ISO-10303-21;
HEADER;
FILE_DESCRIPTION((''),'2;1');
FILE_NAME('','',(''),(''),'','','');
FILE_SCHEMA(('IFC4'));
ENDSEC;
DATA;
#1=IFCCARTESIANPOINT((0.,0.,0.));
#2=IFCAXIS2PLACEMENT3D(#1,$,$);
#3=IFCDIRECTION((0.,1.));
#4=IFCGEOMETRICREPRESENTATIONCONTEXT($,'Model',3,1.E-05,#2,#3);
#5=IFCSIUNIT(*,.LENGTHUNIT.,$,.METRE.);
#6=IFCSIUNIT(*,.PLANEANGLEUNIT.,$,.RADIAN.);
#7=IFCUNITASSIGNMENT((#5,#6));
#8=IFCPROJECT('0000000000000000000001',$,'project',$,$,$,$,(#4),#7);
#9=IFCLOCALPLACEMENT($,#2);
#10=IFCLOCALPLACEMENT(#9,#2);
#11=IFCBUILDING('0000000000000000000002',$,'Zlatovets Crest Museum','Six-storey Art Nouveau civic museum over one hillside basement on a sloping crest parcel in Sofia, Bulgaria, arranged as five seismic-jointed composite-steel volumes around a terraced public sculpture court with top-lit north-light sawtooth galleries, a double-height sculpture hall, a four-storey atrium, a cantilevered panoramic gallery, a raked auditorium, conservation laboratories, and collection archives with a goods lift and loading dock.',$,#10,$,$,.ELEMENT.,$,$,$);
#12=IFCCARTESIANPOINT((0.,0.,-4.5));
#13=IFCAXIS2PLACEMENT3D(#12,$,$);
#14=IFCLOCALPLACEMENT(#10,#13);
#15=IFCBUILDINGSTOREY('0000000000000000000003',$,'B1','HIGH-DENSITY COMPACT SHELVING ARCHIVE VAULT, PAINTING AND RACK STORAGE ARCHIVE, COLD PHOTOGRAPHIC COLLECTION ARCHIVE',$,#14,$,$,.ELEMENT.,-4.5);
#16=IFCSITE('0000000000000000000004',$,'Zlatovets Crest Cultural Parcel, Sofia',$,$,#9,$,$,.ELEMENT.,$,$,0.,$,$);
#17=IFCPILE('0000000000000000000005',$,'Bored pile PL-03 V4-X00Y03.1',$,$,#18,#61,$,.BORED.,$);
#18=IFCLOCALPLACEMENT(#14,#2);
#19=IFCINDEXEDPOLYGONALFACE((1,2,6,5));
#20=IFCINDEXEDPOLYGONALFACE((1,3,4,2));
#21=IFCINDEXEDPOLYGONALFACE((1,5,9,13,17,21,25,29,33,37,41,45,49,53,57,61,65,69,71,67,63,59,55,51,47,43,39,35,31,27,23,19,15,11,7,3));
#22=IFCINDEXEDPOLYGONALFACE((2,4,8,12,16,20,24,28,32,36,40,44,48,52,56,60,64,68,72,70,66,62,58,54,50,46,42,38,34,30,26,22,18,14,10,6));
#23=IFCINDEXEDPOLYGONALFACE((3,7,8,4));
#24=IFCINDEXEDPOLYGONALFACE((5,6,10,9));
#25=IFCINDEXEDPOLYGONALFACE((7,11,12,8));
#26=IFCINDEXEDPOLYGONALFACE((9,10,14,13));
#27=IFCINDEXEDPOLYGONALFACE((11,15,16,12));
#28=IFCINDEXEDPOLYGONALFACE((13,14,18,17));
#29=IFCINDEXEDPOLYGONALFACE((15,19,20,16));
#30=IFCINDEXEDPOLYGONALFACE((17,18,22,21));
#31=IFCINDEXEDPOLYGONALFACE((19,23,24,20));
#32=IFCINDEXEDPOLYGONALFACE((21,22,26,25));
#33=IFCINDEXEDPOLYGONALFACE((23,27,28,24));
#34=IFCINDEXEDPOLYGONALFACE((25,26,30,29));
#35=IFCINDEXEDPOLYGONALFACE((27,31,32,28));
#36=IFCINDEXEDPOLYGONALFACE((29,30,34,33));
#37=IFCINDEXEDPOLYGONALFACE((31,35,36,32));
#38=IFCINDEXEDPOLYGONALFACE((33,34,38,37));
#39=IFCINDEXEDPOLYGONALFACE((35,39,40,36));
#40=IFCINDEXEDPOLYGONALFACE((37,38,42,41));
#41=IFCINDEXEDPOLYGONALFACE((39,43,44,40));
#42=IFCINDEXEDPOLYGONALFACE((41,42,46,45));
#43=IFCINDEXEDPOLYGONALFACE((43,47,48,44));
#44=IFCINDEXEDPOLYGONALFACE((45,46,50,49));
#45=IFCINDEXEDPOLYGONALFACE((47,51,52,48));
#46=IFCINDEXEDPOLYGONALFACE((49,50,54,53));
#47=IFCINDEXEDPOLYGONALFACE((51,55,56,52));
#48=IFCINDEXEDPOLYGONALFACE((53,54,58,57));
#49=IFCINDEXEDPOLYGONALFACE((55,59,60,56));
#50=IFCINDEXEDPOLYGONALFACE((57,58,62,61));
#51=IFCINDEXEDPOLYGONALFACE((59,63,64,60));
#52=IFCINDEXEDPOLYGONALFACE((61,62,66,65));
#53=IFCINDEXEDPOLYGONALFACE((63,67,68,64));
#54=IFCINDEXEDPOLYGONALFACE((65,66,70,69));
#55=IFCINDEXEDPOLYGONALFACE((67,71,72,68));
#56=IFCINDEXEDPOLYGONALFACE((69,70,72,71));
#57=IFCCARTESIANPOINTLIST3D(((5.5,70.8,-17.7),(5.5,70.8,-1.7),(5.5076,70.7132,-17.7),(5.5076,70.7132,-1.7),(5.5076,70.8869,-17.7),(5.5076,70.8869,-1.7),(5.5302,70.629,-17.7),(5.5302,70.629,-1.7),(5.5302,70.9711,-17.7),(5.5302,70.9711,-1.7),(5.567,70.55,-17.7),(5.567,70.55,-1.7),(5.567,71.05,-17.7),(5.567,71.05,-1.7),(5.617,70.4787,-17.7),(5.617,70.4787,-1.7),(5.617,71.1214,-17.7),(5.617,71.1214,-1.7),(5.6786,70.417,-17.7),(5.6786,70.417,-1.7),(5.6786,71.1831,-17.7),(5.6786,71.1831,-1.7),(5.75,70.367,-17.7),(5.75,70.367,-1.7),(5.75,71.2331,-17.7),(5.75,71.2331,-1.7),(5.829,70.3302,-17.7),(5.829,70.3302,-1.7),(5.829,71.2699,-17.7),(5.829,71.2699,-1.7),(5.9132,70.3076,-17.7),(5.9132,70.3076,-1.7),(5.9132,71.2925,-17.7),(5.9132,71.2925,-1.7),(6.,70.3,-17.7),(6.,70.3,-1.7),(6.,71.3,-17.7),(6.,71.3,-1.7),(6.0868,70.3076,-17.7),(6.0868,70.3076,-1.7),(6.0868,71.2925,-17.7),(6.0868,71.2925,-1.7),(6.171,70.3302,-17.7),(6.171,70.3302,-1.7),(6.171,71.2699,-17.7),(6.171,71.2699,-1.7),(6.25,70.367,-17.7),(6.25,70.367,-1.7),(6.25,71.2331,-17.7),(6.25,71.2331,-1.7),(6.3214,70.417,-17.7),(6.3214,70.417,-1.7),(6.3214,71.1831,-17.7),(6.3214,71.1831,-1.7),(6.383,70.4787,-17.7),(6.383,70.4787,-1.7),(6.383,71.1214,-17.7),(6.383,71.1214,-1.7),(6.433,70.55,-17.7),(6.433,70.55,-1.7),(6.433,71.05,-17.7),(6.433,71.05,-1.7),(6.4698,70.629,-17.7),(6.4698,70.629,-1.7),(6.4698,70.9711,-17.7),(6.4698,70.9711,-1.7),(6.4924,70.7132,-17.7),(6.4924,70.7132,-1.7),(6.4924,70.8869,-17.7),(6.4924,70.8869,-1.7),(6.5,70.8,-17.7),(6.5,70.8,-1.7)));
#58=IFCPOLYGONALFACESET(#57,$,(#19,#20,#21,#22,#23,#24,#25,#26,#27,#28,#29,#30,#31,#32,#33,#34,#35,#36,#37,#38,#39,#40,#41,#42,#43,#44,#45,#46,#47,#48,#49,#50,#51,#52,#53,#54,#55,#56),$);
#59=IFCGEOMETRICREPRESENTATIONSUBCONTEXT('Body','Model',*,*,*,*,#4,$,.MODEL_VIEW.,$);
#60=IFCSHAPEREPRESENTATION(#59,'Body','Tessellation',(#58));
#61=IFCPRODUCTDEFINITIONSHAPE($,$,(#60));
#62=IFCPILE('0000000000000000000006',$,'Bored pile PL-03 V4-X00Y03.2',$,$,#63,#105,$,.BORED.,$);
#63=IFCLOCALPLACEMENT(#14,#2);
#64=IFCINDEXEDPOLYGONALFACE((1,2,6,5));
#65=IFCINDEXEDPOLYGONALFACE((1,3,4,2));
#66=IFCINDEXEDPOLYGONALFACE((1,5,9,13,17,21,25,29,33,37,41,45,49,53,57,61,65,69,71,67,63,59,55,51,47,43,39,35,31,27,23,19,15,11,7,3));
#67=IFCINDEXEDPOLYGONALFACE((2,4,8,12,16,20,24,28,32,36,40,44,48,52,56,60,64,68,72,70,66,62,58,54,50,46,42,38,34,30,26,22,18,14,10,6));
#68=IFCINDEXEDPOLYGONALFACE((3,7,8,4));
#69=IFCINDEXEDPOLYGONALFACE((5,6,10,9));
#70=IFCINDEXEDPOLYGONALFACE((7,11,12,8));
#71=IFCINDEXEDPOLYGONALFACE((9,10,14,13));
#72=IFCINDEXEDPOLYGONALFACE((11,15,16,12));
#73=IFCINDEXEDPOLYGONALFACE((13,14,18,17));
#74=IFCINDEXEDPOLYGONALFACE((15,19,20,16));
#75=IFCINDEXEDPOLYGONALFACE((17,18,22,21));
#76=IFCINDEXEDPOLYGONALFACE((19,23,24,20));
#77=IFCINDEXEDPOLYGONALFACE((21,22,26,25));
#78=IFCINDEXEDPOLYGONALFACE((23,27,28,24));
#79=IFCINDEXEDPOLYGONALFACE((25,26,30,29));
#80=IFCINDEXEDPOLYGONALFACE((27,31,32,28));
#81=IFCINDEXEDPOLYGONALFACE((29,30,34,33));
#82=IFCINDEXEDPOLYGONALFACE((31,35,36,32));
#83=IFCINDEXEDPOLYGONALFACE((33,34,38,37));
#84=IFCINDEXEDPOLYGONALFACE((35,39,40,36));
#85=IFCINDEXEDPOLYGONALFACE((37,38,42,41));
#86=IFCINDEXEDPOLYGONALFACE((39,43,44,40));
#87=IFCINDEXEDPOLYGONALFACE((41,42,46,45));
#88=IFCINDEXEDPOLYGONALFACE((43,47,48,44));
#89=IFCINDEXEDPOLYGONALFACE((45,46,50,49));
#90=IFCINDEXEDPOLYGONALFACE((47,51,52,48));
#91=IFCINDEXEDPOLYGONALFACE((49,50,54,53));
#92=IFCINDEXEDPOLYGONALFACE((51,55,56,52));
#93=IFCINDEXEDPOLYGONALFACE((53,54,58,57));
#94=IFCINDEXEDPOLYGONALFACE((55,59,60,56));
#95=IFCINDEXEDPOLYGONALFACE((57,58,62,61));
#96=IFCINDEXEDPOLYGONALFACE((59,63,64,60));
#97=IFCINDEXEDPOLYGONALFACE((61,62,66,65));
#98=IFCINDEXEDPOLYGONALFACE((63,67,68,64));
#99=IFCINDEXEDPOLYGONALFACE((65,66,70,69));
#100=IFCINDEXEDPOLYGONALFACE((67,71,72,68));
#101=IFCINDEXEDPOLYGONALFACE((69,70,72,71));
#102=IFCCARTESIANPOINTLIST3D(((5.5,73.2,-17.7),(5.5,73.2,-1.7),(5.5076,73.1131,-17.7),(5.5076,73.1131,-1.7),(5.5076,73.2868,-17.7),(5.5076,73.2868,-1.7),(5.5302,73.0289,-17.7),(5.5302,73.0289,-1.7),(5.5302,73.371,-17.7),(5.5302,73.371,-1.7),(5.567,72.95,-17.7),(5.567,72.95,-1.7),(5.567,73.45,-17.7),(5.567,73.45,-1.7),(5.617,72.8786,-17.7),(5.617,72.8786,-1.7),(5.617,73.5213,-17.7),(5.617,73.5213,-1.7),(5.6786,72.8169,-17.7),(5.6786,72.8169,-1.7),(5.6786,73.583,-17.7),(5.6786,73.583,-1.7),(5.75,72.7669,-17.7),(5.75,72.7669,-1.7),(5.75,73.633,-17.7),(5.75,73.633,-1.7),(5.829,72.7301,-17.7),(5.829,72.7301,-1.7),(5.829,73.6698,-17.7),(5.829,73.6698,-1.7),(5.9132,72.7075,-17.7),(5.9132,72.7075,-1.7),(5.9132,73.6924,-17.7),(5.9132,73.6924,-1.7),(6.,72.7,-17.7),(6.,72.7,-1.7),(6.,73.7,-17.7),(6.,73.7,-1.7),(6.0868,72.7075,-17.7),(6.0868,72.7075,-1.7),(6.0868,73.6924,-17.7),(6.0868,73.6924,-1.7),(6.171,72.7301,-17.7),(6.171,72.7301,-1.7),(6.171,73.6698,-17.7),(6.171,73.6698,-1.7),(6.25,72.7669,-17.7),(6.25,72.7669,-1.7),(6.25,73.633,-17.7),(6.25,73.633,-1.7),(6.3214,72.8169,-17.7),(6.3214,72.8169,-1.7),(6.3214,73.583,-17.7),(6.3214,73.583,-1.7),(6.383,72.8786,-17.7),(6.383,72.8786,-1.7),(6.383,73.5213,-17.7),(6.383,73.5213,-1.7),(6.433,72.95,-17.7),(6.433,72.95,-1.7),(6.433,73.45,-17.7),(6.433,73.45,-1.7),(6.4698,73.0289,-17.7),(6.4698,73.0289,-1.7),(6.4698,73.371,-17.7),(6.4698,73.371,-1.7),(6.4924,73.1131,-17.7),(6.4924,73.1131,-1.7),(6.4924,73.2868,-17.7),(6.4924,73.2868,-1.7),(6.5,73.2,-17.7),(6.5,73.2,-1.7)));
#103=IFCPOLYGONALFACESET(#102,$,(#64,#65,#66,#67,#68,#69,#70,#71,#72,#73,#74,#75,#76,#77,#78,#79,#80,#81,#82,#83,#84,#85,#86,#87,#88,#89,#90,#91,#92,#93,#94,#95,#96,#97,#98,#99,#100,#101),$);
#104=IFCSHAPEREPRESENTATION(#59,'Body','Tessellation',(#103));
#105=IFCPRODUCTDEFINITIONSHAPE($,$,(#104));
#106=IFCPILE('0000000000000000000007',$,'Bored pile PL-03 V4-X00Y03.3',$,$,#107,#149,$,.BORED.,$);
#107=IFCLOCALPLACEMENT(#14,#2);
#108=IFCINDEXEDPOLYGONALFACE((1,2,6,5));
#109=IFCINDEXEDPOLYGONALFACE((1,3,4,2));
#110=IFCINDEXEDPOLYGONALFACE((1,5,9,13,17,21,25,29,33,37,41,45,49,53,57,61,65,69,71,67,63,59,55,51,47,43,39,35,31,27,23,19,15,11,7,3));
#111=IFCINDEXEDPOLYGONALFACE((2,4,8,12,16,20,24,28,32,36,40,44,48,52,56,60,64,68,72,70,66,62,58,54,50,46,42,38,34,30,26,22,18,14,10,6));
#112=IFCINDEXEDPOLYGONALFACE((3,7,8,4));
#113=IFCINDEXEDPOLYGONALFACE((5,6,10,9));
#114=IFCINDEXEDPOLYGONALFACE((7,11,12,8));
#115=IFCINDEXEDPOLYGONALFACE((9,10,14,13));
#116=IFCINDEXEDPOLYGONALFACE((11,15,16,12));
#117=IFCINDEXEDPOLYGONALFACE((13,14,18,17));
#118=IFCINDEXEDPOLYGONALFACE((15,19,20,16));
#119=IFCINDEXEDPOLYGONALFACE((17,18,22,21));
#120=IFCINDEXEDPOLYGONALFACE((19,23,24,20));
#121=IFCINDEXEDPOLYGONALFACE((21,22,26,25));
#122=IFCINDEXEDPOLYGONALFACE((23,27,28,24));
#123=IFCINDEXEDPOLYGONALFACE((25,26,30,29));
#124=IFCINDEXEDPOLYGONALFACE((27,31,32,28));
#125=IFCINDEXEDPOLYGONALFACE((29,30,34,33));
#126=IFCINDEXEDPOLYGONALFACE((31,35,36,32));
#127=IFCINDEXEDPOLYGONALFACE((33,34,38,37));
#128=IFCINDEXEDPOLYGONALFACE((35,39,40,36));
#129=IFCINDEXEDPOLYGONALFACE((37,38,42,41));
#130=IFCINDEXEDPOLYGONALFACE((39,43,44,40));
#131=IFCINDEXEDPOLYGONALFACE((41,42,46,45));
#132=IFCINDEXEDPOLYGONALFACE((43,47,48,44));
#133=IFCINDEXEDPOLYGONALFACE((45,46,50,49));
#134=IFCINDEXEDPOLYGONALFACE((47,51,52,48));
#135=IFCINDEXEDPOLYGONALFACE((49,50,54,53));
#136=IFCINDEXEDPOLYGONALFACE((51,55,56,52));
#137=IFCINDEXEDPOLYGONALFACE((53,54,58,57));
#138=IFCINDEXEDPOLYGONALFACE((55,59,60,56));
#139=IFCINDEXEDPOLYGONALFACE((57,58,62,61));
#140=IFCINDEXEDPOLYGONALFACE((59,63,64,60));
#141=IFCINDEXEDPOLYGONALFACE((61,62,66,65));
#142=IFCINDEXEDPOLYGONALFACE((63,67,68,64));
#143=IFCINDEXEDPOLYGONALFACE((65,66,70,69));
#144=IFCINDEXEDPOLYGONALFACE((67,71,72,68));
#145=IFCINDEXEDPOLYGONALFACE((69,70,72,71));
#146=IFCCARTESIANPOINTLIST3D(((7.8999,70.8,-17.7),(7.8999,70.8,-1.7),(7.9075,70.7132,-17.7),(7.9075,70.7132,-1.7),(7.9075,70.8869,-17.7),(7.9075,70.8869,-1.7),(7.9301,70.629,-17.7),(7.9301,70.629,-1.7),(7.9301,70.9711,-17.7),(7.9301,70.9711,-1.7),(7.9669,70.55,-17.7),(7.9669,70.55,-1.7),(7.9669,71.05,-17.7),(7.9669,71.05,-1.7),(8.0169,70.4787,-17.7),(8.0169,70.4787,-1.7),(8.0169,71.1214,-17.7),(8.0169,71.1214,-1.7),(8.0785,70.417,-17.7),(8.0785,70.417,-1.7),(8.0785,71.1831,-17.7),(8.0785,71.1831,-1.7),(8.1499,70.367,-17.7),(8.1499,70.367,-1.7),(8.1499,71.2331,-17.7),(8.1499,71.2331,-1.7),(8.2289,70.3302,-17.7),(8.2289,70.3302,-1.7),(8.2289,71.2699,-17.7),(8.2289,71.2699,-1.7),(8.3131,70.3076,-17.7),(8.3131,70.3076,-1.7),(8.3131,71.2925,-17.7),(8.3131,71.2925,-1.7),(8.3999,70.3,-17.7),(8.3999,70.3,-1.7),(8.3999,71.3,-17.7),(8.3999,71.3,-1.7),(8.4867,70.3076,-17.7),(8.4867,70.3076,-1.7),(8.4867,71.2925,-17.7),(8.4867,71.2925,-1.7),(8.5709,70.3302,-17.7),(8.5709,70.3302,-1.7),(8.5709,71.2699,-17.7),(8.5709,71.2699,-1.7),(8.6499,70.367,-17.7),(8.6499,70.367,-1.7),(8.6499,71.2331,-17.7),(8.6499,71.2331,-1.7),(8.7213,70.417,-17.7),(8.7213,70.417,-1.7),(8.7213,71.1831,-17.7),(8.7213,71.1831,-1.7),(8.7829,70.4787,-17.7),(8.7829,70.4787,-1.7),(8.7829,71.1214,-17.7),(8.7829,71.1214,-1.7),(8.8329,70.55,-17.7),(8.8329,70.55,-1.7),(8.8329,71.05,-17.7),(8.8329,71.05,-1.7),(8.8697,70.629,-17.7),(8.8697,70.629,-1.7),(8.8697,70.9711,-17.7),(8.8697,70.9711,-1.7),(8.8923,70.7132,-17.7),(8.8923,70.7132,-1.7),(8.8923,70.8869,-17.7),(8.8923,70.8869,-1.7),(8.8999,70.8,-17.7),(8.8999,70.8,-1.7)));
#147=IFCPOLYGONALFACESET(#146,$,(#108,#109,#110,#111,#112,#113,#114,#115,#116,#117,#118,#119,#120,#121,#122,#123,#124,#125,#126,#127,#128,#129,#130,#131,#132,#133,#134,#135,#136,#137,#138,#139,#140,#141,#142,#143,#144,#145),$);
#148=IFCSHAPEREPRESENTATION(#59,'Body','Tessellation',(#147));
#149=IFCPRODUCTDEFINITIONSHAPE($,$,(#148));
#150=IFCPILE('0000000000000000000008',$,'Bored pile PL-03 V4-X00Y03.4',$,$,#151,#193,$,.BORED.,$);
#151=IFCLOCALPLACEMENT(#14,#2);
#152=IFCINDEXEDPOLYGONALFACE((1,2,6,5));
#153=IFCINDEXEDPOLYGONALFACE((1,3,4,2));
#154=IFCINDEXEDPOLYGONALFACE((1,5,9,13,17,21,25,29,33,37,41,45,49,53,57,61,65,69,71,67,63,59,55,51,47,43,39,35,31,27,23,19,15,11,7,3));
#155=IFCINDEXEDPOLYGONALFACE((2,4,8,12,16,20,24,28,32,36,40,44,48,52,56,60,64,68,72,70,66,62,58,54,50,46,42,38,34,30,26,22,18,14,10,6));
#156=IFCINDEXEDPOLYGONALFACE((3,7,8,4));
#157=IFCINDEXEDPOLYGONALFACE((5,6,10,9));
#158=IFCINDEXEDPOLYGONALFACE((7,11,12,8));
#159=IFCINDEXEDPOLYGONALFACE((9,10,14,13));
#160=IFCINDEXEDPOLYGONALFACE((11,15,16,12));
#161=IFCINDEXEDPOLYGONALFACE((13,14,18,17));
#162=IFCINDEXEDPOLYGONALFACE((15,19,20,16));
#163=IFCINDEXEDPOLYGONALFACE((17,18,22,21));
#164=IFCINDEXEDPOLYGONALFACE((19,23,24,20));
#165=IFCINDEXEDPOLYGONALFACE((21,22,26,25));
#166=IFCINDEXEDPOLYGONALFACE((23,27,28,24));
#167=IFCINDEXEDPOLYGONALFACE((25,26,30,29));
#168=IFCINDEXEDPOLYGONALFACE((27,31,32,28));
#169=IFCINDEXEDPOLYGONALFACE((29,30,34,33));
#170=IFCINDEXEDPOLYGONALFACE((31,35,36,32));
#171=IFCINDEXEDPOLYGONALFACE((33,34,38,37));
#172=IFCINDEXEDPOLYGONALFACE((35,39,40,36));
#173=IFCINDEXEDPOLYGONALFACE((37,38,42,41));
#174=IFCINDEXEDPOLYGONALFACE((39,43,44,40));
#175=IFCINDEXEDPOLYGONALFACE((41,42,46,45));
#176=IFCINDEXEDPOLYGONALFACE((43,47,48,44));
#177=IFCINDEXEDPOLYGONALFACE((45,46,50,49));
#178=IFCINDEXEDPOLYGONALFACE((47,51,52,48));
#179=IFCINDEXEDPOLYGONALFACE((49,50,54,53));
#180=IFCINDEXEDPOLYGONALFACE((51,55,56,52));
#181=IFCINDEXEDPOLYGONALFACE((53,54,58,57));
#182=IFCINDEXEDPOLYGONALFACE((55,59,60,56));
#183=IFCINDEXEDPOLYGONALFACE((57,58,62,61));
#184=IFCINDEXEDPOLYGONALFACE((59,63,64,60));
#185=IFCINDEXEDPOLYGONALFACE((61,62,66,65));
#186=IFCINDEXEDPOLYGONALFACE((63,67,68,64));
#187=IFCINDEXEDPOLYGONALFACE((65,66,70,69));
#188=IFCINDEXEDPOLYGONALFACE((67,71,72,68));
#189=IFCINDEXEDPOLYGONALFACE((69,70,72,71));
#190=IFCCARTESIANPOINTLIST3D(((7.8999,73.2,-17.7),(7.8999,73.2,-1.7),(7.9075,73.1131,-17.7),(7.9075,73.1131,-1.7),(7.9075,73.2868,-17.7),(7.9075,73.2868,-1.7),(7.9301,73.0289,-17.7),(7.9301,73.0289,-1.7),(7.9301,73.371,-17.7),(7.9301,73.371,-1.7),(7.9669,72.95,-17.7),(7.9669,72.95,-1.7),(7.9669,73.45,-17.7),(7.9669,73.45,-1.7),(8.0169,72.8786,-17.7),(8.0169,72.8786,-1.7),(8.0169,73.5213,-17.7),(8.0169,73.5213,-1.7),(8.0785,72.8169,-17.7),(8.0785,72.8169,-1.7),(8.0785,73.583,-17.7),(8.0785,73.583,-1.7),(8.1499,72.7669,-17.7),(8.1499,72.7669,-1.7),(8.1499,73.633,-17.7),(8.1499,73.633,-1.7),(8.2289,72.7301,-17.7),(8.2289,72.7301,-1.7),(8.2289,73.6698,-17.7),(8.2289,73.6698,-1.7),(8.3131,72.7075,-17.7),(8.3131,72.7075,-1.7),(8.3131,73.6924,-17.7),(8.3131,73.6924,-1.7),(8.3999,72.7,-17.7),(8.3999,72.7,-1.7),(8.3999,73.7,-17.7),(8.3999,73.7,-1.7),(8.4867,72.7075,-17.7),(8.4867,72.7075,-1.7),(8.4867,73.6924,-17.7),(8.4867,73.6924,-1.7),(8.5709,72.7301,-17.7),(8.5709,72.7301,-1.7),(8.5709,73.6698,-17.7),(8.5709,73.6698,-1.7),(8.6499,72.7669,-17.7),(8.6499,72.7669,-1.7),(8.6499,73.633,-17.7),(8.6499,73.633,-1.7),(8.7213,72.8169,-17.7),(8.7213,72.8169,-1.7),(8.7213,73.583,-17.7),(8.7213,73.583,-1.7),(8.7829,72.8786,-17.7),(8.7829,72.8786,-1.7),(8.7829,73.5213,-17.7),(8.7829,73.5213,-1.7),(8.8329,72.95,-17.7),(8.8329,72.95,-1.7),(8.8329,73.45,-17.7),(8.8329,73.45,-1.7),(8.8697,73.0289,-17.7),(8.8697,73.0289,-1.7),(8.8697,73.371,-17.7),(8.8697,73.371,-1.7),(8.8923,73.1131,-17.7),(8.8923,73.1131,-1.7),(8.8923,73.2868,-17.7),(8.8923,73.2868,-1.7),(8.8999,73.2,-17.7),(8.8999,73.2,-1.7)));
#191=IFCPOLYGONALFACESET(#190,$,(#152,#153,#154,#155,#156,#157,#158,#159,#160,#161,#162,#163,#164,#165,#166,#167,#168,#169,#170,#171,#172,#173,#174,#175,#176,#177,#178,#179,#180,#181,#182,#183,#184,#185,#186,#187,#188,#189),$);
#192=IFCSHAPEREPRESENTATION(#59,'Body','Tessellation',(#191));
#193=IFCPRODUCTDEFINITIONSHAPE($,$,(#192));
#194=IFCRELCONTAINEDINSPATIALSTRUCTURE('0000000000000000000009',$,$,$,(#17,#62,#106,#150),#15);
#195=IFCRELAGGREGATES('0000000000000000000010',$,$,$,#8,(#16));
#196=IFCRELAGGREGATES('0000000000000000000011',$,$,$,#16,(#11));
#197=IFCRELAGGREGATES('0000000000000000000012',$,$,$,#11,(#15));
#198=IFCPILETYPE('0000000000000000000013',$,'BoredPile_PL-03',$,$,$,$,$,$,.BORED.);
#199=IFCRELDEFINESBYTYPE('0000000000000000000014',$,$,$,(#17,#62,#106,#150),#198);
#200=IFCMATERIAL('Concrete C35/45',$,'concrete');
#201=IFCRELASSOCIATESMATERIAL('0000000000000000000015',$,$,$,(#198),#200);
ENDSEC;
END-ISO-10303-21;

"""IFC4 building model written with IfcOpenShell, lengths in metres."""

from ifc_helpers import new_model, si_unit, direction, frame, origin, origin_2d, place, context, subcontext, project, spatial, circle, extrude, material, material_profile, profile_set, type_object, element, save


model = new_model("IFC4")

# Units and contexts
model_context = context("Model", 3, precision=1e-05, world=origin(), true_north=direction((0.0, 1.0)))
body_context = subcontext(model_context, "Body", "Model", "MODEL_VIEW")
ifc_project = project(units=[si_unit("LENGTHUNIT", "METRE"), si_unit("PLANEANGLEUNIT", "RADIAN")], contexts=[model_context])

# Site, building, storey
site_placement = place(None, origin())
site = spatial("IfcSite", under=ifc_project, at=site_placement, Name="Zlatovets Crest Cultural Parcel, Sofia", CompositionType="ELEMENT", RefElevation=0.0)
building_placement = place(site_placement, origin())
building = spatial("IfcBuilding", under=site, at=building_placement, Name="Zlatovets Crest Museum", Description="Six-storey Art Nouveau civic museum over one hillside basement on a sloping crest parcel in Sofia, Bulgaria, arranged as five seismic-jointed composite-steel volumes around a terraced public sculpture court with top-lit north-light sawtooth galleries, a double-height sculpture hall, a four-storey atrium, a cantilevered panoramic gallery, a raked auditorium, conservation laboratories, and collection archives with a goods lift and loading dock.", CompositionType="ELEMENT")
storey_placement = place(building_placement, frame((0.0, 0.0, -4.5)))
storey = spatial("IfcBuildingStorey", under=building, at=storey_placement, Name="B1", Description="HIGH-DENSITY COMPACT SHELVING ARCHIVE VAULT, PAINTING AND RACK STORAGE ARCHIVE, COLD PHOTOGRAPHIC COLLECTION ARCHIVE", CompositionType="ELEMENT", Elevation=-4.5)

# Piles
ifc_material_1 = material(Name="Concrete C35/45", Category="concrete")
ifc_material_profile_1 = material_profile(ifc_material_1, circle(Radius=0.5, at=origin_2d()), Name="PILE D1000")
ifc_profile_set_1 = profile_set([ifc_material_profile_1], Name="Concrete C35/45")
pile_type_1 = type_object("IfcPileType", Name="BoredPile_PL-03", PredefinedType="BORED", material=ifc_profile_set_1)
for number, where, z_axis, x_axis, name in (
    (1, (6.0, 70.8, -1.7), (0.0, 0.0, -1.0), (1.0, 0.0, 0.0), "Bored pile PL-03 V4-X00Y03.1"),
    (2, (6.0, 73.2, -1.7), (0.0, 0.0, -1.0), (1.0, 0.0, 0.0), "Bored pile PL-03 V4-X00Y03.2"),
    (3, (8.3999, 70.8, -1.7), (0.0, 0.0, -1.0), (1.0, 0.0, 0.0), "Bored pile PL-03 V4-X00Y03.3"),
    (4, (8.3999, 73.2, -1.7), (0.0, 0.0, -1.0), (1.0, 0.0, 0.0), "Bored pile PL-03 V4-X00Y03.4"),
):
    element("IfcPile", number, at=place(storey_placement, frame(where, z_axis=z_axis, x_axis=x_axis)), inside=storey, type_object=pile_type_1, Name=name, PredefinedType="BORED", context=body_context, shape_type="SweptSolid", body=[
        extrude(circle(Radius=0.5, at=origin_2d()), origin(), (0.0, 0.0, 1.0), 16.0),
    ])

save(model, "model.ifc")
